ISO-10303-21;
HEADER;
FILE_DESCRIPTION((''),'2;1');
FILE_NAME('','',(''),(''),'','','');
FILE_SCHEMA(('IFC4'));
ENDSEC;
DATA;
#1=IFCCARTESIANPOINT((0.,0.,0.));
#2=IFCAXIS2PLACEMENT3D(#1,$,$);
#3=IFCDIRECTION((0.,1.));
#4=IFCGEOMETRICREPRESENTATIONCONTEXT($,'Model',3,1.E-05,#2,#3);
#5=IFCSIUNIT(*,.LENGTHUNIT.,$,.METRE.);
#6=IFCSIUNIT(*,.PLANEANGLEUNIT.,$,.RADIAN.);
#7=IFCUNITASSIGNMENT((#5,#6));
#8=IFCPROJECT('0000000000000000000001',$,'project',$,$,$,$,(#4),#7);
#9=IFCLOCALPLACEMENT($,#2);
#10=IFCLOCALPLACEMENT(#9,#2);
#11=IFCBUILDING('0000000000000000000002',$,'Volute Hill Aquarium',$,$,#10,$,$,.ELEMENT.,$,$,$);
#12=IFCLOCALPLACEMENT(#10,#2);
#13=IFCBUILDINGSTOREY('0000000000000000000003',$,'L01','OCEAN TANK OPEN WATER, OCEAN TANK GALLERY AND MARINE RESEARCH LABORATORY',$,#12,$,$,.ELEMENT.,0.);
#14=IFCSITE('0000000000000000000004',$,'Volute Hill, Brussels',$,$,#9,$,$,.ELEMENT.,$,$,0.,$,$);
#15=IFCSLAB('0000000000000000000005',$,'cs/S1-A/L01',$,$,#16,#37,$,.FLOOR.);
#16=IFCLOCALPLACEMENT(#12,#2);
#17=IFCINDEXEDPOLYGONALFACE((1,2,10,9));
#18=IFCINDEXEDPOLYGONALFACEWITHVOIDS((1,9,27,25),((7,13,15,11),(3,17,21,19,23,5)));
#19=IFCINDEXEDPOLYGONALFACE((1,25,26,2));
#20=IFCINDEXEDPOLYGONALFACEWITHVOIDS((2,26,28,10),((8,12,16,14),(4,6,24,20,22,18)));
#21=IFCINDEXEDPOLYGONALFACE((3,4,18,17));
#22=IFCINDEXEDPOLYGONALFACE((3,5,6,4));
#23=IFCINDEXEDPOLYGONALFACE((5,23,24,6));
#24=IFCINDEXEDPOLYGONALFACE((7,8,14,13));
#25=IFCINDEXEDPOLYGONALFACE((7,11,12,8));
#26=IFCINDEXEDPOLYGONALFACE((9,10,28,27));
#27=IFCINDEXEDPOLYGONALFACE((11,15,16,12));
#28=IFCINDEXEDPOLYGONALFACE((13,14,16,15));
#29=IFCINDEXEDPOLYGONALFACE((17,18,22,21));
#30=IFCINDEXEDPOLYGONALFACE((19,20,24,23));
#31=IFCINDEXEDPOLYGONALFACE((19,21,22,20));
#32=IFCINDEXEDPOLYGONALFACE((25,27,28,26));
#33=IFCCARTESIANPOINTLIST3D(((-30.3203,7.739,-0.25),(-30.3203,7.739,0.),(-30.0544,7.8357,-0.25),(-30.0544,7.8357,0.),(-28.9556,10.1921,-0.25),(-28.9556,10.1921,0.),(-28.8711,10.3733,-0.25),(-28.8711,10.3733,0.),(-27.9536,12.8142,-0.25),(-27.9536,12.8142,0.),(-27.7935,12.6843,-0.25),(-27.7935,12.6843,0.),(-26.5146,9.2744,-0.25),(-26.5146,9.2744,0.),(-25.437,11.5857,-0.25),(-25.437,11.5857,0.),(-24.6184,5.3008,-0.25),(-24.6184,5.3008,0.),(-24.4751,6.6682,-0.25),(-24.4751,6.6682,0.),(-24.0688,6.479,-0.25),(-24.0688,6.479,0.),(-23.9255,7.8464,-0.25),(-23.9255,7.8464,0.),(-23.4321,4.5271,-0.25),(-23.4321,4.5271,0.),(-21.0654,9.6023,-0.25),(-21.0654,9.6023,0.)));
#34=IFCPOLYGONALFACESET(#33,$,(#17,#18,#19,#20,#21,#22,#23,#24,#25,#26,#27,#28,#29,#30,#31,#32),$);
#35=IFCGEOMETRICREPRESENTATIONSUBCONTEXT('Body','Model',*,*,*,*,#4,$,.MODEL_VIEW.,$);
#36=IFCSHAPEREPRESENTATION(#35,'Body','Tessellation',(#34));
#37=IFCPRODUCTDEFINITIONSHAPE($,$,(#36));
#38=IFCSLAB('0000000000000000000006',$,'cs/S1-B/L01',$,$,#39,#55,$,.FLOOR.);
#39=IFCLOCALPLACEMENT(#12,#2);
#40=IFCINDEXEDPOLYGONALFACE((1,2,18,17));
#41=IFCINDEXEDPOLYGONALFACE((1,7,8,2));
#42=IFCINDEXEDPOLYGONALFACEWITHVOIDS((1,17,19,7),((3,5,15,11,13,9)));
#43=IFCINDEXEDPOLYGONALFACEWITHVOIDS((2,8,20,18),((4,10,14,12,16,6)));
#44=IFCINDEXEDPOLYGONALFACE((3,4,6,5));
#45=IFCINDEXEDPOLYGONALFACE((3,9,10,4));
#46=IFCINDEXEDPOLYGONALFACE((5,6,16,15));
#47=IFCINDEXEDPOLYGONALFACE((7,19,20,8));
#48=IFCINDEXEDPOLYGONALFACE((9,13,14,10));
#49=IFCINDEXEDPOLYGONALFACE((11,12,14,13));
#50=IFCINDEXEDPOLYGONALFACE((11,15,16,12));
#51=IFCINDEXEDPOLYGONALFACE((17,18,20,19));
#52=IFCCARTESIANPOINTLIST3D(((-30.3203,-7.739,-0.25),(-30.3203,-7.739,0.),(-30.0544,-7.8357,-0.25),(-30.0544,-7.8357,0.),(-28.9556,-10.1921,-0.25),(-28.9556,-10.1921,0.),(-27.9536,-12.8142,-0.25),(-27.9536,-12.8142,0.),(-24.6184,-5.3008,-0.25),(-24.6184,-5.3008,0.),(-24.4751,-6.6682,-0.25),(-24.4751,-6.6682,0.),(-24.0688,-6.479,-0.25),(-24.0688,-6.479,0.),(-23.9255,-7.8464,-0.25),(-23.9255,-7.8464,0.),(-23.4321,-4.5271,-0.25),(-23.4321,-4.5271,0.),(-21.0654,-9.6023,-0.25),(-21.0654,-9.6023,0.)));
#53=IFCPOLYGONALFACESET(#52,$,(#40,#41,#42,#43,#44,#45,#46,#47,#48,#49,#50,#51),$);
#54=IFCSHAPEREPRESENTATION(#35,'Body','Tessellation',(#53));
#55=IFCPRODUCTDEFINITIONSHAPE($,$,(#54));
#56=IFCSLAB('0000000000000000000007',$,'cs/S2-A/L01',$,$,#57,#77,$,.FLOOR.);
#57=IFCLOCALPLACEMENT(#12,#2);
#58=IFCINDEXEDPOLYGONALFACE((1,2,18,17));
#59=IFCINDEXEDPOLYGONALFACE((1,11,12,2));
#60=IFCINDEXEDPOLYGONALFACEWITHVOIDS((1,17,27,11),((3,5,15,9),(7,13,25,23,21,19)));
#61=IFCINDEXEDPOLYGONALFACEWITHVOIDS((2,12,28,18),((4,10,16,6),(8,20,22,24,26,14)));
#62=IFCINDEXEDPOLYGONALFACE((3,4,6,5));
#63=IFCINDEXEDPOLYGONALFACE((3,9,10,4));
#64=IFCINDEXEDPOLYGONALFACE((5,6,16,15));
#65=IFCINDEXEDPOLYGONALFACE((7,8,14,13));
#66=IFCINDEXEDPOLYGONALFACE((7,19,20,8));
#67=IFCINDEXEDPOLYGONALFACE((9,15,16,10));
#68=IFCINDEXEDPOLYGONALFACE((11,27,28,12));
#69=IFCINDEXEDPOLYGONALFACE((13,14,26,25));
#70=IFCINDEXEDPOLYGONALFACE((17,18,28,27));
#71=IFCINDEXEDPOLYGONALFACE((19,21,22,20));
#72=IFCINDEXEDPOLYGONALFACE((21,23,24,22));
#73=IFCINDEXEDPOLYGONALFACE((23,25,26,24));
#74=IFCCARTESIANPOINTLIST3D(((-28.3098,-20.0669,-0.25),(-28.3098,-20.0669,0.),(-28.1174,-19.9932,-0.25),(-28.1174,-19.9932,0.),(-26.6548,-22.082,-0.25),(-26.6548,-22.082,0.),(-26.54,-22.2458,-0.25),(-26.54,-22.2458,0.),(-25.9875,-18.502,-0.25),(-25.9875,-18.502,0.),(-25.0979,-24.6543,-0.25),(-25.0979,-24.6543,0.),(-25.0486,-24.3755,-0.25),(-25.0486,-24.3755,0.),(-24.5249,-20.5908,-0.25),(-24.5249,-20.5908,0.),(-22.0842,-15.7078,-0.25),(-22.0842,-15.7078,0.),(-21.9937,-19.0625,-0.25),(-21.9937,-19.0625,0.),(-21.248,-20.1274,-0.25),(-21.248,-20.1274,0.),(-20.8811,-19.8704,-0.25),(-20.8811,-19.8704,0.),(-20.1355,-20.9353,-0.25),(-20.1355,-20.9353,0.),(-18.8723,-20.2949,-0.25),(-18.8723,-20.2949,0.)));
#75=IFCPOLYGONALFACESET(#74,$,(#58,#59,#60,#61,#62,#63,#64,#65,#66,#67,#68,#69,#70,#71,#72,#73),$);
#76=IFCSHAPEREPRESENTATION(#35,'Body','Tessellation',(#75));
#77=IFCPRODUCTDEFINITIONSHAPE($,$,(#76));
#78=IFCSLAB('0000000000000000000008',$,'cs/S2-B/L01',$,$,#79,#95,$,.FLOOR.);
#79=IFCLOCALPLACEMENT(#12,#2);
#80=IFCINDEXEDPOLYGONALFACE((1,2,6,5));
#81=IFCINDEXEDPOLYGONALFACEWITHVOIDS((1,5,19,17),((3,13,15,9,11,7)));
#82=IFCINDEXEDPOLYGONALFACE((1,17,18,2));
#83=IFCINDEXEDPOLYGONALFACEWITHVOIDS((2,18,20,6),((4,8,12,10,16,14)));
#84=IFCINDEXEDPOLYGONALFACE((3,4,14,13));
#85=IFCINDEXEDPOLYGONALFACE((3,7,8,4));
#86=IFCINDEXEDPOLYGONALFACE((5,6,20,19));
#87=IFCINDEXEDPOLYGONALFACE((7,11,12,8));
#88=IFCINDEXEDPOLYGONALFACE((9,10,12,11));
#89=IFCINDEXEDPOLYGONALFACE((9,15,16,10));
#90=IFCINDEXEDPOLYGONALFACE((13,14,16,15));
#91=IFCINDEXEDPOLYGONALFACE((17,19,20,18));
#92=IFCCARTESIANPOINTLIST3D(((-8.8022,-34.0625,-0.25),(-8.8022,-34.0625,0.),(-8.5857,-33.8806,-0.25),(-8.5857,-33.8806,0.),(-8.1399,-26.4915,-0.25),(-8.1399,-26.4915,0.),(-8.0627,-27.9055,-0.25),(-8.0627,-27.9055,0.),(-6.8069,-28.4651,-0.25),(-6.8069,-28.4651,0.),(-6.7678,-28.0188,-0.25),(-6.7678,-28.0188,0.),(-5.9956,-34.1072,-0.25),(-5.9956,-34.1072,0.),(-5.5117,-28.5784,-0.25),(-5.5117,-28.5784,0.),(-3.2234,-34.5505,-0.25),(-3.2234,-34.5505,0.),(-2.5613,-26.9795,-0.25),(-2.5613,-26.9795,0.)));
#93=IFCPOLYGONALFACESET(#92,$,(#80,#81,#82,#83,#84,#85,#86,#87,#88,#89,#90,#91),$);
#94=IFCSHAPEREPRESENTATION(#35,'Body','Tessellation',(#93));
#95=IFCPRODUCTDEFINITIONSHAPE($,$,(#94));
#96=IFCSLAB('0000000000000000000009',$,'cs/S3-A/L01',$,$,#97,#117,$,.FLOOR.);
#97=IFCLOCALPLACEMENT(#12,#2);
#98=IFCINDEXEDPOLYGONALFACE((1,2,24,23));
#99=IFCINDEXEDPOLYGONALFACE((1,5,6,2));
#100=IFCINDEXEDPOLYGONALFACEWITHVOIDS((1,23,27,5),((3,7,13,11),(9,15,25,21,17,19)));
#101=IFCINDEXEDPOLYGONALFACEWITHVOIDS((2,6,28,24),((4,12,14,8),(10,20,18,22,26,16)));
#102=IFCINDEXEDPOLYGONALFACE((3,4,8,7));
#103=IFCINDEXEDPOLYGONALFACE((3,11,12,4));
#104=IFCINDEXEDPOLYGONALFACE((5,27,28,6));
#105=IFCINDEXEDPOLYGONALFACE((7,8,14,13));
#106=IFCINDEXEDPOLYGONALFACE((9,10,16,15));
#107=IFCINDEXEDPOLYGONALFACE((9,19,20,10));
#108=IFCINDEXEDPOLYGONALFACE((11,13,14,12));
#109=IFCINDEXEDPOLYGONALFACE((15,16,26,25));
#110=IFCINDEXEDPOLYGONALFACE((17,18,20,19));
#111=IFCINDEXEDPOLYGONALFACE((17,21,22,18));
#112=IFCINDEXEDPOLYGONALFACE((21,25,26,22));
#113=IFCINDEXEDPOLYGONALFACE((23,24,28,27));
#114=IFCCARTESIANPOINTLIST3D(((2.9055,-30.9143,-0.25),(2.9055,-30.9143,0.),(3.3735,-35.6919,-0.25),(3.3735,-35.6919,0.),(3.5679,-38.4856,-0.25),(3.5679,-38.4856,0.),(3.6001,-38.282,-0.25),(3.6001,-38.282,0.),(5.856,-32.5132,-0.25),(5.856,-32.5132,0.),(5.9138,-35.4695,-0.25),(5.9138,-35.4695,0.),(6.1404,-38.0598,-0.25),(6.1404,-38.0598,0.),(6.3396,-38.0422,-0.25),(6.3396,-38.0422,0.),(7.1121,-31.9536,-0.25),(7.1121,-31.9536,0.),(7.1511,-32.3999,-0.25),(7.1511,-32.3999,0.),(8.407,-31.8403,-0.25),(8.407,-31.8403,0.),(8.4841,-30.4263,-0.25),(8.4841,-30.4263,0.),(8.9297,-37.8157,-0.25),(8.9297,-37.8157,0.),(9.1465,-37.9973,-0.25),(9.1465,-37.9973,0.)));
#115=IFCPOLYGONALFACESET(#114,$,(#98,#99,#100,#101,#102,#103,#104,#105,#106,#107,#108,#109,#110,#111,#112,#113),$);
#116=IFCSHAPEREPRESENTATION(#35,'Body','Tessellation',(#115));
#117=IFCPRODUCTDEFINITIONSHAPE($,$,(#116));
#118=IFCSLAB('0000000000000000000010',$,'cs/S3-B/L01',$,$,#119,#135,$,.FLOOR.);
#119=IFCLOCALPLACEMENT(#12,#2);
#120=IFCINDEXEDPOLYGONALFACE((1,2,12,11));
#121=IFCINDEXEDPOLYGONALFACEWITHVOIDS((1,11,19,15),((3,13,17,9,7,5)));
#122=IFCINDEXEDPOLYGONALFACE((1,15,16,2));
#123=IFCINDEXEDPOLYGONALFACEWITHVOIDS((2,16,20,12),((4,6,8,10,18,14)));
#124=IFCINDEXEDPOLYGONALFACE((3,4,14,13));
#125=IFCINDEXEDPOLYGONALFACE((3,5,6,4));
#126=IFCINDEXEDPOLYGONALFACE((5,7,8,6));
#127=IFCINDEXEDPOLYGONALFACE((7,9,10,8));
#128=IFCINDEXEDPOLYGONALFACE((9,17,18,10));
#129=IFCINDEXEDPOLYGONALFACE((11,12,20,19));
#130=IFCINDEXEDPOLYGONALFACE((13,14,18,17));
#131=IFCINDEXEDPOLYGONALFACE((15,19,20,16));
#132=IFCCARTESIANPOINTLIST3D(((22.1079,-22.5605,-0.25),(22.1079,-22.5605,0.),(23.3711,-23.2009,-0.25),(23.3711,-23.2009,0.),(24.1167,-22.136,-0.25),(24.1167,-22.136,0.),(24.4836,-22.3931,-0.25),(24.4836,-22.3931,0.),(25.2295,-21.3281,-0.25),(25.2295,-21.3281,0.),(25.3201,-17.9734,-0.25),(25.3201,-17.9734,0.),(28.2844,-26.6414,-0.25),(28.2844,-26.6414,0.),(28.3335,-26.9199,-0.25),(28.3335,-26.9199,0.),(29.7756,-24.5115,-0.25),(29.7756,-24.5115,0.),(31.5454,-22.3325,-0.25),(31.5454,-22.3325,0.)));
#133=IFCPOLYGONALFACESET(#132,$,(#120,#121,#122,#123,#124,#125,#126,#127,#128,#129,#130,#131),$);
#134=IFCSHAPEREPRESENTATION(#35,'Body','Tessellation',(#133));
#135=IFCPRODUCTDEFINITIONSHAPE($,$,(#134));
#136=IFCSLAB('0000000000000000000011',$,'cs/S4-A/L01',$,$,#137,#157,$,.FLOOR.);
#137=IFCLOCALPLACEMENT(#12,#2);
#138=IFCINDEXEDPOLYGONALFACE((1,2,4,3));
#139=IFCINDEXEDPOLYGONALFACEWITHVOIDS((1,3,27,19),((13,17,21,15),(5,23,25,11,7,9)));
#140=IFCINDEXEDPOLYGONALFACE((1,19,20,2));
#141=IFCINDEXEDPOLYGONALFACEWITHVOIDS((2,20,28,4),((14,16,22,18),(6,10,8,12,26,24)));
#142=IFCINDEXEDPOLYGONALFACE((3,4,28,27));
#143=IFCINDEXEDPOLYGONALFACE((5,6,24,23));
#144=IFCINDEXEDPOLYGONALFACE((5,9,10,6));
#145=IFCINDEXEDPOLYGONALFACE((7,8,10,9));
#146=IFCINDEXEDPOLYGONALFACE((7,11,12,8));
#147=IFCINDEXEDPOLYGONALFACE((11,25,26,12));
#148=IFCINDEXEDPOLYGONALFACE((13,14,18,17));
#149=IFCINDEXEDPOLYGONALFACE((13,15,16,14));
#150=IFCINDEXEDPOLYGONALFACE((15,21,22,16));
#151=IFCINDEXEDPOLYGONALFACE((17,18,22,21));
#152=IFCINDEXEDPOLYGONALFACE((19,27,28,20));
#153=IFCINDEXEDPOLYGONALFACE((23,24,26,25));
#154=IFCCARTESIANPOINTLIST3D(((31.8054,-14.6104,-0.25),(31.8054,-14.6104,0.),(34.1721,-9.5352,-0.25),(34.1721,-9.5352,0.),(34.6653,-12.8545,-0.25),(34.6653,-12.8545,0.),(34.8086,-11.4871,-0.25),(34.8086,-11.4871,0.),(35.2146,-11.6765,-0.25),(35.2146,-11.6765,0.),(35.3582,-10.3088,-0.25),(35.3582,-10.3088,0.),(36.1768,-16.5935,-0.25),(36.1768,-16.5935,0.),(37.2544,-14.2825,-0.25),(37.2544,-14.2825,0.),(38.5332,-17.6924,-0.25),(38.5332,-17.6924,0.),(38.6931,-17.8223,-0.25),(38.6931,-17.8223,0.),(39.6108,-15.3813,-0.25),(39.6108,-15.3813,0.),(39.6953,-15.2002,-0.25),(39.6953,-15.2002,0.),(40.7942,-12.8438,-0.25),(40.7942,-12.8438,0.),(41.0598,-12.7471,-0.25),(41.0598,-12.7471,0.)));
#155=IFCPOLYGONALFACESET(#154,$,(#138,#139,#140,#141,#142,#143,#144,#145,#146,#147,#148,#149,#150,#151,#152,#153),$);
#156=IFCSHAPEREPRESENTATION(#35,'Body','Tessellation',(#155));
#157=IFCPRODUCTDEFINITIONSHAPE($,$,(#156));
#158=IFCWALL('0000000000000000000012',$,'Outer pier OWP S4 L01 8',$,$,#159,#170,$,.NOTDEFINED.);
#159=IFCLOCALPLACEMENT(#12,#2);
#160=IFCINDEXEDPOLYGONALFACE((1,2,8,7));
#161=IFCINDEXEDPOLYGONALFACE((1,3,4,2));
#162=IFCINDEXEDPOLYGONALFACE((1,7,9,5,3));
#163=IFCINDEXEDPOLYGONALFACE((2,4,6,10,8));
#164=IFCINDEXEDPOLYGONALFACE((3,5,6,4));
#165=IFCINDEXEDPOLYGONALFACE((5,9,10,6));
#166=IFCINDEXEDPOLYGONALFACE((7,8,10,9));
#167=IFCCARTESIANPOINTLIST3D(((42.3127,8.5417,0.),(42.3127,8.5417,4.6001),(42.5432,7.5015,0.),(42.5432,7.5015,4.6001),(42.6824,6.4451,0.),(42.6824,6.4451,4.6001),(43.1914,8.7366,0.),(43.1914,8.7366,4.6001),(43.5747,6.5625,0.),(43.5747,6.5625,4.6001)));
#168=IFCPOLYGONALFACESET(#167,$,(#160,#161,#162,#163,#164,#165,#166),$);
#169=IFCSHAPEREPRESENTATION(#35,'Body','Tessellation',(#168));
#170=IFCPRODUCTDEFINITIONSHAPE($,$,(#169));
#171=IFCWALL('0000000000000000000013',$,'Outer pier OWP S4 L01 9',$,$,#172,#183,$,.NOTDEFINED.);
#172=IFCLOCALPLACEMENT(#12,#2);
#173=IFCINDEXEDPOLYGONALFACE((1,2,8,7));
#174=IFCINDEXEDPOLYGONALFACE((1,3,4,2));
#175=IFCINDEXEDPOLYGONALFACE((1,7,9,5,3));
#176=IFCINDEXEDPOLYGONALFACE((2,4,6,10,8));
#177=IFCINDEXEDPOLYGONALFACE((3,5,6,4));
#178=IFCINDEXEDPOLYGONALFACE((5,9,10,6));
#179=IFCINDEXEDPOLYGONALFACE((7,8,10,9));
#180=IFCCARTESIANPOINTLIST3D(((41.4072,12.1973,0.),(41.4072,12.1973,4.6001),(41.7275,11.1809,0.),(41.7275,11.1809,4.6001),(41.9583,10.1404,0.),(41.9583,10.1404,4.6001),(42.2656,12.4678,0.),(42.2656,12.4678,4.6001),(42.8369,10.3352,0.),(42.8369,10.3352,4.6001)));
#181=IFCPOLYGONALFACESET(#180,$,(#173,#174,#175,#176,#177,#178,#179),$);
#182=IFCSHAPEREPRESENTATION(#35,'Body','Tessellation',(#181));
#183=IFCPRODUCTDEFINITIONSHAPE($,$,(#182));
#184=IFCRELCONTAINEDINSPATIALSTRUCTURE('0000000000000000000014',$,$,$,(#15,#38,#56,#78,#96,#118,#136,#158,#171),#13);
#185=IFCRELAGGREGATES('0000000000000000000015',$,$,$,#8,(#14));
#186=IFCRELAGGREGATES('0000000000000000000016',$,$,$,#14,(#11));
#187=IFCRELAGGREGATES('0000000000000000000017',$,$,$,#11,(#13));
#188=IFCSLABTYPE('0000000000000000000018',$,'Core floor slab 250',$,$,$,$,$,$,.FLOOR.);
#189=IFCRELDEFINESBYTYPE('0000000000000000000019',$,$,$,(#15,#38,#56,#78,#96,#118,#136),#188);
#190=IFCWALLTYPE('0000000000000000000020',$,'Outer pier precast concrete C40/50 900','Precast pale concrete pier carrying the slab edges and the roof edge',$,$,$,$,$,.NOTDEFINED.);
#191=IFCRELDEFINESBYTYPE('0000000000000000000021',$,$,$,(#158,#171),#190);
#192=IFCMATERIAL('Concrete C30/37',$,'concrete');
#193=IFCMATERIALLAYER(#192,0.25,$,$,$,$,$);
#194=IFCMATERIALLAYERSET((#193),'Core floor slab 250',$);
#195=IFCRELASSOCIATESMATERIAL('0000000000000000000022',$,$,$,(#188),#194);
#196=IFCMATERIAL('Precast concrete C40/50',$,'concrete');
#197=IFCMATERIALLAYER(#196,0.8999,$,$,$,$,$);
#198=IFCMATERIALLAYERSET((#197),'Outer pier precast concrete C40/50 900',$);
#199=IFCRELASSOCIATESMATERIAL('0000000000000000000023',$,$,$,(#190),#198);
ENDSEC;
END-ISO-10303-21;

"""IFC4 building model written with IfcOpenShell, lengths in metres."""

from ifc_helpers import new_model, si_unit, direction, frame, origin, place, context, subcontext, project, spatial, polyline, outline, extrude, material, layer, layer_set, type_object, element, save


model = new_model("IFC4")

# Units and contexts
model_context = context("Model", 3, precision=1e-05, world=origin(), true_north=direction((0.0, 1.0)))
body_context = subcontext(model_context, "Body", "Model", "MODEL_VIEW")
ifc_project = project(units=[si_unit("LENGTHUNIT", "METRE"), si_unit("PLANEANGLEUNIT", "RADIAN")], contexts=[model_context])

# Site, building, storey
site_placement = place(None, origin())
site = spatial("IfcSite", under=ifc_project, at=site_placement, Name="Volute Hill, Brussels", CompositionType="ELEMENT", RefElevation=0.0)
building_placement = place(site_placement, origin())
building = spatial("IfcBuilding", under=site, at=building_placement, Name="Volute Hill Aquarium", CompositionType="ELEMENT")
storey_placement = place(building_placement, origin())
storey = spatial("IfcBuildingStorey", under=building, at=storey_placement, Name="L01", Description="OCEAN TANK OPEN WATER, OCEAN TANK GALLERY AND MARINE RESEARCH LABORATORY", CompositionType="ELEMENT", Elevation=0.0)

# Slabs
ifc_material_1 = material(Name="Concrete C30/37", Category="concrete")
ifc_layer_1 = layer(ifc_material_1, 0.25)
ifc_layer_set_1 = layer_set([ifc_layer_1], Name="Core floor slab 250")
slab_type = type_object("IfcSlabType", Name="Core floor slab 250", PredefinedType="FLOOR", material=ifc_layer_set_1)
slab_1_placement = place(storey_placement, frame((0.0, 0.0, -0.25)))
element("IfcSlab", 1, at=slab_1_placement, inside=storey, type_object=slab_type, Name="cs/S1-A/L01", PredefinedType="FLOOR", context=body_context, shape_type="SweptSolid", body=[
    extrude(outline(polyline([(-21.0654, 9.6023), (-27.9536, 12.8142), (-30.3203, 7.739), (-23.4321, 4.5271), (-21.0654, 9.6023)]), holes=[polyline([(-26.5146, 9.2744), (-28.8711, 10.3733), (-27.7935, 12.6843), (-25.437, 11.5857), (-26.5146, 9.2744)]), polyline([(-24.4751, 6.6682), (-24.0688, 6.479), (-24.6184, 5.3008), (-30.0544, 7.8357), (-28.9556, 10.1921), (-23.9255, 7.8464), (-24.4751, 6.6682)])]), origin(), (0.0, 0.0, 1.0), 0.25),
])
slab_2_placement = place(storey_placement, frame((0.0, 0.0, -0.25)))
element("IfcSlab", 2, at=slab_2_placement, inside=storey, type_object=slab_type, Name="cs/S1-B/L01", PredefinedType="FLOOR", context=body_context, shape_type="SweptSolid", body=[
    extrude(outline(polyline([(-23.4321, -4.5271), (-30.3203, -7.739), (-27.9536, -12.8142), (-21.0654, -9.6023), (-23.4321, -4.5271)]), holes=[polyline([(-23.9255, -7.8464), (-28.9556, -10.1921), (-30.0544, -7.8357), (-24.6184, -5.3008), (-24.0688, -6.479), (-24.4751, -6.6682), (-23.9255, -7.8464)])]), origin(), (0.0, 0.0, 1.0), 0.25),
])
slab_3_placement = place(storey_placement, frame((0.0, 0.0, -0.25)))
element("IfcSlab", 3, at=slab_3_placement, inside=storey, type_object=slab_type, Name="cs/S2-A/L01", PredefinedType="FLOOR", context=body_context, shape_type="SweptSolid", body=[
    extrude(outline(polyline([(-22.0842, -15.7078), (-28.3098, -20.0669), (-25.0979, -24.6543), (-18.8723, -20.2949), (-22.0842, -15.7078)]), holes=[polyline([(-24.5249, -20.5908), (-26.6548, -22.082), (-28.1174, -19.9932), (-25.9875, -18.502), (-24.5249, -20.5908)]), polyline([(-21.248, -20.1274), (-20.8811, -19.8704), (-20.1355, -20.9353), (-25.0486, -24.3755), (-26.54, -22.2458), (-21.9937, -19.0625), (-21.248, -20.1274)])]), origin(), (0.0, 0.0, 1.0), 0.25),
])
slab_4_placement = place(storey_placement, frame((0.0, 0.0, -0.25)))
element("IfcSlab", 4, at=slab_4_placement, inside=storey, type_object=slab_type, Name="cs/S2-B/L01", PredefinedType="FLOOR", context=body_context, shape_type="SweptSolid", body=[
    extrude(outline(polyline([(-8.1399, -26.4915), (-8.8022, -34.0625), (-3.2234, -34.5505), (-2.5613, -26.9795), (-8.1399, -26.4915)]), holes=[polyline([(-5.5117, -28.5784), (-5.9956, -34.1072), (-8.5857, -33.8806), (-8.0627, -27.9055), (-6.7678, -28.0188), (-6.8069, -28.4651), (-5.5117, -28.5784)])]), origin(), (0.0, 0.0, 1.0), 0.25),
])
slab_5_placement = place(storey_placement, frame((0.0, 0.0, -0.25)))
element("IfcSlab", 5, at=slab_5_placement, inside=storey, type_object=slab_type, Name="cs/S3-A/L01", PredefinedType="FLOOR", context=body_context, shape_type="SweptSolid", body=[
    extrude(outline(polyline([(2.9055, -30.9143), (3.5679, -38.4856), (9.1465, -37.9973), (8.4841, -30.4263), (2.9055, -30.9143)]), holes=[polyline([(5.9138, -35.4695), (6.1404, -38.0598), (3.6001, -38.282), (3.3735, -35.6919), (5.9138, -35.4695)]), polyline([(7.1511, -32.3999), (7.1121, -31.9536), (8.407, -31.8403), (8.9297, -37.8157), (6.3396, -38.0422), (5.856, -32.5132), (7.1511, -32.3999)])]), origin(), (0.0, 0.0, 1.0), 0.25),
])
slab_6_placement = place(storey_placement, frame((0.0, 0.0, -0.25)))
element("IfcSlab", 6, at=slab_6_placement, inside=storey, type_object=slab_type, Name="cs/S3-B/L01", PredefinedType="FLOOR", context=body_context, shape_type="SweptSolid", body=[
    extrude(outline(polyline([(22.1079, -22.5605), (28.3335, -26.9199), (31.5454, -22.3325), (25.3201, -17.9734), (22.1079, -22.5605)]), holes=[polyline([(25.2295, -21.3281), (29.7756, -24.5115), (28.2844, -26.6414), (23.3711, -23.2009), (24.1167, -22.136), (24.4836, -22.3931), (25.2295, -21.3281)])]), origin(), (0.0, 0.0, 1.0), 0.25),
])
slab_7_placement = place(storey_placement, frame((0.0, 0.0, -0.25)))
element("IfcSlab", 7, at=slab_7_placement, inside=storey, type_object=slab_type, Name="cs/S4-A/L01", PredefinedType="FLOOR", context=body_context, shape_type="SweptSolid", body=[
    extrude(outline(polyline([(31.8054, -14.6104), (38.6931, -17.8223), (41.0598, -12.7471), (34.1721, -9.5352), (31.8054, -14.6104)]), holes=[polyline([(37.2544, -14.2825), (39.6108, -15.3813), (38.5332, -17.6924), (36.1768, -16.5935), (37.2544, -14.2825)]), polyline([(35.2146, -11.6765), (34.8086, -11.4871), (35.3582, -10.3088), (40.7942, -12.8438), (39.6953, -15.2002), (34.6653, -12.8545), (35.2146, -11.6765)])]), origin(), (0.0, 0.0, 1.0), 0.25),
])

# Walls
ifc_material_2 = material(Name="Precast concrete C40/50", Category="concrete")
ifc_layer_2 = layer(ifc_material_2, 0.8999)
ifc_layer_set_2 = layer_set([ifc_layer_2], Name="Outer pier precast concrete C40/50 900")
wall_type_1 = type_object("IfcWallType", Name="Outer pier precast concrete C40/50 900", Description="Precast pale concrete pier carrying the slab edges and the roof edge", PredefinedType="NOTDEFINED", material=ifc_layer_set_2)
wall_1_placement = place(storey_placement, origin())
element("IfcWall", 8, at=wall_1_placement, inside=storey, type_object=wall_type_1, Name="Outer pier OWP S4 L01 8", PredefinedType="NOTDEFINED", context=body_context, shape_type="SweptSolid", body=[
    extrude(outline(polyline([(42.6824, 6.4451), (43.5747, 6.5625), (43.1914, 8.7366), (42.3127, 8.5417), (42.5432, 7.5015), (42.6824, 6.4451)])), origin(), (0.0, 0.0, 1.0), 4.6001),
])
wall_2_placement = place(storey_placement, origin())
element("IfcWall", 9, at=wall_2_placement, inside=storey, type_object=wall_type_1, Name="Outer pier OWP S4 L01 9", PredefinedType="NOTDEFINED", context=body_context, shape_type="SweptSolid", body=[
    extrude(outline(polyline([(41.9583, 10.1404), (42.8369, 10.3352), (42.2656, 12.4678), (41.4072, 12.1973), (41.7275, 11.1809), (41.9583, 10.1404)])), origin(), (0.0, 0.0, 1.0), 4.6001),
])

save(model, "model.ifc")
